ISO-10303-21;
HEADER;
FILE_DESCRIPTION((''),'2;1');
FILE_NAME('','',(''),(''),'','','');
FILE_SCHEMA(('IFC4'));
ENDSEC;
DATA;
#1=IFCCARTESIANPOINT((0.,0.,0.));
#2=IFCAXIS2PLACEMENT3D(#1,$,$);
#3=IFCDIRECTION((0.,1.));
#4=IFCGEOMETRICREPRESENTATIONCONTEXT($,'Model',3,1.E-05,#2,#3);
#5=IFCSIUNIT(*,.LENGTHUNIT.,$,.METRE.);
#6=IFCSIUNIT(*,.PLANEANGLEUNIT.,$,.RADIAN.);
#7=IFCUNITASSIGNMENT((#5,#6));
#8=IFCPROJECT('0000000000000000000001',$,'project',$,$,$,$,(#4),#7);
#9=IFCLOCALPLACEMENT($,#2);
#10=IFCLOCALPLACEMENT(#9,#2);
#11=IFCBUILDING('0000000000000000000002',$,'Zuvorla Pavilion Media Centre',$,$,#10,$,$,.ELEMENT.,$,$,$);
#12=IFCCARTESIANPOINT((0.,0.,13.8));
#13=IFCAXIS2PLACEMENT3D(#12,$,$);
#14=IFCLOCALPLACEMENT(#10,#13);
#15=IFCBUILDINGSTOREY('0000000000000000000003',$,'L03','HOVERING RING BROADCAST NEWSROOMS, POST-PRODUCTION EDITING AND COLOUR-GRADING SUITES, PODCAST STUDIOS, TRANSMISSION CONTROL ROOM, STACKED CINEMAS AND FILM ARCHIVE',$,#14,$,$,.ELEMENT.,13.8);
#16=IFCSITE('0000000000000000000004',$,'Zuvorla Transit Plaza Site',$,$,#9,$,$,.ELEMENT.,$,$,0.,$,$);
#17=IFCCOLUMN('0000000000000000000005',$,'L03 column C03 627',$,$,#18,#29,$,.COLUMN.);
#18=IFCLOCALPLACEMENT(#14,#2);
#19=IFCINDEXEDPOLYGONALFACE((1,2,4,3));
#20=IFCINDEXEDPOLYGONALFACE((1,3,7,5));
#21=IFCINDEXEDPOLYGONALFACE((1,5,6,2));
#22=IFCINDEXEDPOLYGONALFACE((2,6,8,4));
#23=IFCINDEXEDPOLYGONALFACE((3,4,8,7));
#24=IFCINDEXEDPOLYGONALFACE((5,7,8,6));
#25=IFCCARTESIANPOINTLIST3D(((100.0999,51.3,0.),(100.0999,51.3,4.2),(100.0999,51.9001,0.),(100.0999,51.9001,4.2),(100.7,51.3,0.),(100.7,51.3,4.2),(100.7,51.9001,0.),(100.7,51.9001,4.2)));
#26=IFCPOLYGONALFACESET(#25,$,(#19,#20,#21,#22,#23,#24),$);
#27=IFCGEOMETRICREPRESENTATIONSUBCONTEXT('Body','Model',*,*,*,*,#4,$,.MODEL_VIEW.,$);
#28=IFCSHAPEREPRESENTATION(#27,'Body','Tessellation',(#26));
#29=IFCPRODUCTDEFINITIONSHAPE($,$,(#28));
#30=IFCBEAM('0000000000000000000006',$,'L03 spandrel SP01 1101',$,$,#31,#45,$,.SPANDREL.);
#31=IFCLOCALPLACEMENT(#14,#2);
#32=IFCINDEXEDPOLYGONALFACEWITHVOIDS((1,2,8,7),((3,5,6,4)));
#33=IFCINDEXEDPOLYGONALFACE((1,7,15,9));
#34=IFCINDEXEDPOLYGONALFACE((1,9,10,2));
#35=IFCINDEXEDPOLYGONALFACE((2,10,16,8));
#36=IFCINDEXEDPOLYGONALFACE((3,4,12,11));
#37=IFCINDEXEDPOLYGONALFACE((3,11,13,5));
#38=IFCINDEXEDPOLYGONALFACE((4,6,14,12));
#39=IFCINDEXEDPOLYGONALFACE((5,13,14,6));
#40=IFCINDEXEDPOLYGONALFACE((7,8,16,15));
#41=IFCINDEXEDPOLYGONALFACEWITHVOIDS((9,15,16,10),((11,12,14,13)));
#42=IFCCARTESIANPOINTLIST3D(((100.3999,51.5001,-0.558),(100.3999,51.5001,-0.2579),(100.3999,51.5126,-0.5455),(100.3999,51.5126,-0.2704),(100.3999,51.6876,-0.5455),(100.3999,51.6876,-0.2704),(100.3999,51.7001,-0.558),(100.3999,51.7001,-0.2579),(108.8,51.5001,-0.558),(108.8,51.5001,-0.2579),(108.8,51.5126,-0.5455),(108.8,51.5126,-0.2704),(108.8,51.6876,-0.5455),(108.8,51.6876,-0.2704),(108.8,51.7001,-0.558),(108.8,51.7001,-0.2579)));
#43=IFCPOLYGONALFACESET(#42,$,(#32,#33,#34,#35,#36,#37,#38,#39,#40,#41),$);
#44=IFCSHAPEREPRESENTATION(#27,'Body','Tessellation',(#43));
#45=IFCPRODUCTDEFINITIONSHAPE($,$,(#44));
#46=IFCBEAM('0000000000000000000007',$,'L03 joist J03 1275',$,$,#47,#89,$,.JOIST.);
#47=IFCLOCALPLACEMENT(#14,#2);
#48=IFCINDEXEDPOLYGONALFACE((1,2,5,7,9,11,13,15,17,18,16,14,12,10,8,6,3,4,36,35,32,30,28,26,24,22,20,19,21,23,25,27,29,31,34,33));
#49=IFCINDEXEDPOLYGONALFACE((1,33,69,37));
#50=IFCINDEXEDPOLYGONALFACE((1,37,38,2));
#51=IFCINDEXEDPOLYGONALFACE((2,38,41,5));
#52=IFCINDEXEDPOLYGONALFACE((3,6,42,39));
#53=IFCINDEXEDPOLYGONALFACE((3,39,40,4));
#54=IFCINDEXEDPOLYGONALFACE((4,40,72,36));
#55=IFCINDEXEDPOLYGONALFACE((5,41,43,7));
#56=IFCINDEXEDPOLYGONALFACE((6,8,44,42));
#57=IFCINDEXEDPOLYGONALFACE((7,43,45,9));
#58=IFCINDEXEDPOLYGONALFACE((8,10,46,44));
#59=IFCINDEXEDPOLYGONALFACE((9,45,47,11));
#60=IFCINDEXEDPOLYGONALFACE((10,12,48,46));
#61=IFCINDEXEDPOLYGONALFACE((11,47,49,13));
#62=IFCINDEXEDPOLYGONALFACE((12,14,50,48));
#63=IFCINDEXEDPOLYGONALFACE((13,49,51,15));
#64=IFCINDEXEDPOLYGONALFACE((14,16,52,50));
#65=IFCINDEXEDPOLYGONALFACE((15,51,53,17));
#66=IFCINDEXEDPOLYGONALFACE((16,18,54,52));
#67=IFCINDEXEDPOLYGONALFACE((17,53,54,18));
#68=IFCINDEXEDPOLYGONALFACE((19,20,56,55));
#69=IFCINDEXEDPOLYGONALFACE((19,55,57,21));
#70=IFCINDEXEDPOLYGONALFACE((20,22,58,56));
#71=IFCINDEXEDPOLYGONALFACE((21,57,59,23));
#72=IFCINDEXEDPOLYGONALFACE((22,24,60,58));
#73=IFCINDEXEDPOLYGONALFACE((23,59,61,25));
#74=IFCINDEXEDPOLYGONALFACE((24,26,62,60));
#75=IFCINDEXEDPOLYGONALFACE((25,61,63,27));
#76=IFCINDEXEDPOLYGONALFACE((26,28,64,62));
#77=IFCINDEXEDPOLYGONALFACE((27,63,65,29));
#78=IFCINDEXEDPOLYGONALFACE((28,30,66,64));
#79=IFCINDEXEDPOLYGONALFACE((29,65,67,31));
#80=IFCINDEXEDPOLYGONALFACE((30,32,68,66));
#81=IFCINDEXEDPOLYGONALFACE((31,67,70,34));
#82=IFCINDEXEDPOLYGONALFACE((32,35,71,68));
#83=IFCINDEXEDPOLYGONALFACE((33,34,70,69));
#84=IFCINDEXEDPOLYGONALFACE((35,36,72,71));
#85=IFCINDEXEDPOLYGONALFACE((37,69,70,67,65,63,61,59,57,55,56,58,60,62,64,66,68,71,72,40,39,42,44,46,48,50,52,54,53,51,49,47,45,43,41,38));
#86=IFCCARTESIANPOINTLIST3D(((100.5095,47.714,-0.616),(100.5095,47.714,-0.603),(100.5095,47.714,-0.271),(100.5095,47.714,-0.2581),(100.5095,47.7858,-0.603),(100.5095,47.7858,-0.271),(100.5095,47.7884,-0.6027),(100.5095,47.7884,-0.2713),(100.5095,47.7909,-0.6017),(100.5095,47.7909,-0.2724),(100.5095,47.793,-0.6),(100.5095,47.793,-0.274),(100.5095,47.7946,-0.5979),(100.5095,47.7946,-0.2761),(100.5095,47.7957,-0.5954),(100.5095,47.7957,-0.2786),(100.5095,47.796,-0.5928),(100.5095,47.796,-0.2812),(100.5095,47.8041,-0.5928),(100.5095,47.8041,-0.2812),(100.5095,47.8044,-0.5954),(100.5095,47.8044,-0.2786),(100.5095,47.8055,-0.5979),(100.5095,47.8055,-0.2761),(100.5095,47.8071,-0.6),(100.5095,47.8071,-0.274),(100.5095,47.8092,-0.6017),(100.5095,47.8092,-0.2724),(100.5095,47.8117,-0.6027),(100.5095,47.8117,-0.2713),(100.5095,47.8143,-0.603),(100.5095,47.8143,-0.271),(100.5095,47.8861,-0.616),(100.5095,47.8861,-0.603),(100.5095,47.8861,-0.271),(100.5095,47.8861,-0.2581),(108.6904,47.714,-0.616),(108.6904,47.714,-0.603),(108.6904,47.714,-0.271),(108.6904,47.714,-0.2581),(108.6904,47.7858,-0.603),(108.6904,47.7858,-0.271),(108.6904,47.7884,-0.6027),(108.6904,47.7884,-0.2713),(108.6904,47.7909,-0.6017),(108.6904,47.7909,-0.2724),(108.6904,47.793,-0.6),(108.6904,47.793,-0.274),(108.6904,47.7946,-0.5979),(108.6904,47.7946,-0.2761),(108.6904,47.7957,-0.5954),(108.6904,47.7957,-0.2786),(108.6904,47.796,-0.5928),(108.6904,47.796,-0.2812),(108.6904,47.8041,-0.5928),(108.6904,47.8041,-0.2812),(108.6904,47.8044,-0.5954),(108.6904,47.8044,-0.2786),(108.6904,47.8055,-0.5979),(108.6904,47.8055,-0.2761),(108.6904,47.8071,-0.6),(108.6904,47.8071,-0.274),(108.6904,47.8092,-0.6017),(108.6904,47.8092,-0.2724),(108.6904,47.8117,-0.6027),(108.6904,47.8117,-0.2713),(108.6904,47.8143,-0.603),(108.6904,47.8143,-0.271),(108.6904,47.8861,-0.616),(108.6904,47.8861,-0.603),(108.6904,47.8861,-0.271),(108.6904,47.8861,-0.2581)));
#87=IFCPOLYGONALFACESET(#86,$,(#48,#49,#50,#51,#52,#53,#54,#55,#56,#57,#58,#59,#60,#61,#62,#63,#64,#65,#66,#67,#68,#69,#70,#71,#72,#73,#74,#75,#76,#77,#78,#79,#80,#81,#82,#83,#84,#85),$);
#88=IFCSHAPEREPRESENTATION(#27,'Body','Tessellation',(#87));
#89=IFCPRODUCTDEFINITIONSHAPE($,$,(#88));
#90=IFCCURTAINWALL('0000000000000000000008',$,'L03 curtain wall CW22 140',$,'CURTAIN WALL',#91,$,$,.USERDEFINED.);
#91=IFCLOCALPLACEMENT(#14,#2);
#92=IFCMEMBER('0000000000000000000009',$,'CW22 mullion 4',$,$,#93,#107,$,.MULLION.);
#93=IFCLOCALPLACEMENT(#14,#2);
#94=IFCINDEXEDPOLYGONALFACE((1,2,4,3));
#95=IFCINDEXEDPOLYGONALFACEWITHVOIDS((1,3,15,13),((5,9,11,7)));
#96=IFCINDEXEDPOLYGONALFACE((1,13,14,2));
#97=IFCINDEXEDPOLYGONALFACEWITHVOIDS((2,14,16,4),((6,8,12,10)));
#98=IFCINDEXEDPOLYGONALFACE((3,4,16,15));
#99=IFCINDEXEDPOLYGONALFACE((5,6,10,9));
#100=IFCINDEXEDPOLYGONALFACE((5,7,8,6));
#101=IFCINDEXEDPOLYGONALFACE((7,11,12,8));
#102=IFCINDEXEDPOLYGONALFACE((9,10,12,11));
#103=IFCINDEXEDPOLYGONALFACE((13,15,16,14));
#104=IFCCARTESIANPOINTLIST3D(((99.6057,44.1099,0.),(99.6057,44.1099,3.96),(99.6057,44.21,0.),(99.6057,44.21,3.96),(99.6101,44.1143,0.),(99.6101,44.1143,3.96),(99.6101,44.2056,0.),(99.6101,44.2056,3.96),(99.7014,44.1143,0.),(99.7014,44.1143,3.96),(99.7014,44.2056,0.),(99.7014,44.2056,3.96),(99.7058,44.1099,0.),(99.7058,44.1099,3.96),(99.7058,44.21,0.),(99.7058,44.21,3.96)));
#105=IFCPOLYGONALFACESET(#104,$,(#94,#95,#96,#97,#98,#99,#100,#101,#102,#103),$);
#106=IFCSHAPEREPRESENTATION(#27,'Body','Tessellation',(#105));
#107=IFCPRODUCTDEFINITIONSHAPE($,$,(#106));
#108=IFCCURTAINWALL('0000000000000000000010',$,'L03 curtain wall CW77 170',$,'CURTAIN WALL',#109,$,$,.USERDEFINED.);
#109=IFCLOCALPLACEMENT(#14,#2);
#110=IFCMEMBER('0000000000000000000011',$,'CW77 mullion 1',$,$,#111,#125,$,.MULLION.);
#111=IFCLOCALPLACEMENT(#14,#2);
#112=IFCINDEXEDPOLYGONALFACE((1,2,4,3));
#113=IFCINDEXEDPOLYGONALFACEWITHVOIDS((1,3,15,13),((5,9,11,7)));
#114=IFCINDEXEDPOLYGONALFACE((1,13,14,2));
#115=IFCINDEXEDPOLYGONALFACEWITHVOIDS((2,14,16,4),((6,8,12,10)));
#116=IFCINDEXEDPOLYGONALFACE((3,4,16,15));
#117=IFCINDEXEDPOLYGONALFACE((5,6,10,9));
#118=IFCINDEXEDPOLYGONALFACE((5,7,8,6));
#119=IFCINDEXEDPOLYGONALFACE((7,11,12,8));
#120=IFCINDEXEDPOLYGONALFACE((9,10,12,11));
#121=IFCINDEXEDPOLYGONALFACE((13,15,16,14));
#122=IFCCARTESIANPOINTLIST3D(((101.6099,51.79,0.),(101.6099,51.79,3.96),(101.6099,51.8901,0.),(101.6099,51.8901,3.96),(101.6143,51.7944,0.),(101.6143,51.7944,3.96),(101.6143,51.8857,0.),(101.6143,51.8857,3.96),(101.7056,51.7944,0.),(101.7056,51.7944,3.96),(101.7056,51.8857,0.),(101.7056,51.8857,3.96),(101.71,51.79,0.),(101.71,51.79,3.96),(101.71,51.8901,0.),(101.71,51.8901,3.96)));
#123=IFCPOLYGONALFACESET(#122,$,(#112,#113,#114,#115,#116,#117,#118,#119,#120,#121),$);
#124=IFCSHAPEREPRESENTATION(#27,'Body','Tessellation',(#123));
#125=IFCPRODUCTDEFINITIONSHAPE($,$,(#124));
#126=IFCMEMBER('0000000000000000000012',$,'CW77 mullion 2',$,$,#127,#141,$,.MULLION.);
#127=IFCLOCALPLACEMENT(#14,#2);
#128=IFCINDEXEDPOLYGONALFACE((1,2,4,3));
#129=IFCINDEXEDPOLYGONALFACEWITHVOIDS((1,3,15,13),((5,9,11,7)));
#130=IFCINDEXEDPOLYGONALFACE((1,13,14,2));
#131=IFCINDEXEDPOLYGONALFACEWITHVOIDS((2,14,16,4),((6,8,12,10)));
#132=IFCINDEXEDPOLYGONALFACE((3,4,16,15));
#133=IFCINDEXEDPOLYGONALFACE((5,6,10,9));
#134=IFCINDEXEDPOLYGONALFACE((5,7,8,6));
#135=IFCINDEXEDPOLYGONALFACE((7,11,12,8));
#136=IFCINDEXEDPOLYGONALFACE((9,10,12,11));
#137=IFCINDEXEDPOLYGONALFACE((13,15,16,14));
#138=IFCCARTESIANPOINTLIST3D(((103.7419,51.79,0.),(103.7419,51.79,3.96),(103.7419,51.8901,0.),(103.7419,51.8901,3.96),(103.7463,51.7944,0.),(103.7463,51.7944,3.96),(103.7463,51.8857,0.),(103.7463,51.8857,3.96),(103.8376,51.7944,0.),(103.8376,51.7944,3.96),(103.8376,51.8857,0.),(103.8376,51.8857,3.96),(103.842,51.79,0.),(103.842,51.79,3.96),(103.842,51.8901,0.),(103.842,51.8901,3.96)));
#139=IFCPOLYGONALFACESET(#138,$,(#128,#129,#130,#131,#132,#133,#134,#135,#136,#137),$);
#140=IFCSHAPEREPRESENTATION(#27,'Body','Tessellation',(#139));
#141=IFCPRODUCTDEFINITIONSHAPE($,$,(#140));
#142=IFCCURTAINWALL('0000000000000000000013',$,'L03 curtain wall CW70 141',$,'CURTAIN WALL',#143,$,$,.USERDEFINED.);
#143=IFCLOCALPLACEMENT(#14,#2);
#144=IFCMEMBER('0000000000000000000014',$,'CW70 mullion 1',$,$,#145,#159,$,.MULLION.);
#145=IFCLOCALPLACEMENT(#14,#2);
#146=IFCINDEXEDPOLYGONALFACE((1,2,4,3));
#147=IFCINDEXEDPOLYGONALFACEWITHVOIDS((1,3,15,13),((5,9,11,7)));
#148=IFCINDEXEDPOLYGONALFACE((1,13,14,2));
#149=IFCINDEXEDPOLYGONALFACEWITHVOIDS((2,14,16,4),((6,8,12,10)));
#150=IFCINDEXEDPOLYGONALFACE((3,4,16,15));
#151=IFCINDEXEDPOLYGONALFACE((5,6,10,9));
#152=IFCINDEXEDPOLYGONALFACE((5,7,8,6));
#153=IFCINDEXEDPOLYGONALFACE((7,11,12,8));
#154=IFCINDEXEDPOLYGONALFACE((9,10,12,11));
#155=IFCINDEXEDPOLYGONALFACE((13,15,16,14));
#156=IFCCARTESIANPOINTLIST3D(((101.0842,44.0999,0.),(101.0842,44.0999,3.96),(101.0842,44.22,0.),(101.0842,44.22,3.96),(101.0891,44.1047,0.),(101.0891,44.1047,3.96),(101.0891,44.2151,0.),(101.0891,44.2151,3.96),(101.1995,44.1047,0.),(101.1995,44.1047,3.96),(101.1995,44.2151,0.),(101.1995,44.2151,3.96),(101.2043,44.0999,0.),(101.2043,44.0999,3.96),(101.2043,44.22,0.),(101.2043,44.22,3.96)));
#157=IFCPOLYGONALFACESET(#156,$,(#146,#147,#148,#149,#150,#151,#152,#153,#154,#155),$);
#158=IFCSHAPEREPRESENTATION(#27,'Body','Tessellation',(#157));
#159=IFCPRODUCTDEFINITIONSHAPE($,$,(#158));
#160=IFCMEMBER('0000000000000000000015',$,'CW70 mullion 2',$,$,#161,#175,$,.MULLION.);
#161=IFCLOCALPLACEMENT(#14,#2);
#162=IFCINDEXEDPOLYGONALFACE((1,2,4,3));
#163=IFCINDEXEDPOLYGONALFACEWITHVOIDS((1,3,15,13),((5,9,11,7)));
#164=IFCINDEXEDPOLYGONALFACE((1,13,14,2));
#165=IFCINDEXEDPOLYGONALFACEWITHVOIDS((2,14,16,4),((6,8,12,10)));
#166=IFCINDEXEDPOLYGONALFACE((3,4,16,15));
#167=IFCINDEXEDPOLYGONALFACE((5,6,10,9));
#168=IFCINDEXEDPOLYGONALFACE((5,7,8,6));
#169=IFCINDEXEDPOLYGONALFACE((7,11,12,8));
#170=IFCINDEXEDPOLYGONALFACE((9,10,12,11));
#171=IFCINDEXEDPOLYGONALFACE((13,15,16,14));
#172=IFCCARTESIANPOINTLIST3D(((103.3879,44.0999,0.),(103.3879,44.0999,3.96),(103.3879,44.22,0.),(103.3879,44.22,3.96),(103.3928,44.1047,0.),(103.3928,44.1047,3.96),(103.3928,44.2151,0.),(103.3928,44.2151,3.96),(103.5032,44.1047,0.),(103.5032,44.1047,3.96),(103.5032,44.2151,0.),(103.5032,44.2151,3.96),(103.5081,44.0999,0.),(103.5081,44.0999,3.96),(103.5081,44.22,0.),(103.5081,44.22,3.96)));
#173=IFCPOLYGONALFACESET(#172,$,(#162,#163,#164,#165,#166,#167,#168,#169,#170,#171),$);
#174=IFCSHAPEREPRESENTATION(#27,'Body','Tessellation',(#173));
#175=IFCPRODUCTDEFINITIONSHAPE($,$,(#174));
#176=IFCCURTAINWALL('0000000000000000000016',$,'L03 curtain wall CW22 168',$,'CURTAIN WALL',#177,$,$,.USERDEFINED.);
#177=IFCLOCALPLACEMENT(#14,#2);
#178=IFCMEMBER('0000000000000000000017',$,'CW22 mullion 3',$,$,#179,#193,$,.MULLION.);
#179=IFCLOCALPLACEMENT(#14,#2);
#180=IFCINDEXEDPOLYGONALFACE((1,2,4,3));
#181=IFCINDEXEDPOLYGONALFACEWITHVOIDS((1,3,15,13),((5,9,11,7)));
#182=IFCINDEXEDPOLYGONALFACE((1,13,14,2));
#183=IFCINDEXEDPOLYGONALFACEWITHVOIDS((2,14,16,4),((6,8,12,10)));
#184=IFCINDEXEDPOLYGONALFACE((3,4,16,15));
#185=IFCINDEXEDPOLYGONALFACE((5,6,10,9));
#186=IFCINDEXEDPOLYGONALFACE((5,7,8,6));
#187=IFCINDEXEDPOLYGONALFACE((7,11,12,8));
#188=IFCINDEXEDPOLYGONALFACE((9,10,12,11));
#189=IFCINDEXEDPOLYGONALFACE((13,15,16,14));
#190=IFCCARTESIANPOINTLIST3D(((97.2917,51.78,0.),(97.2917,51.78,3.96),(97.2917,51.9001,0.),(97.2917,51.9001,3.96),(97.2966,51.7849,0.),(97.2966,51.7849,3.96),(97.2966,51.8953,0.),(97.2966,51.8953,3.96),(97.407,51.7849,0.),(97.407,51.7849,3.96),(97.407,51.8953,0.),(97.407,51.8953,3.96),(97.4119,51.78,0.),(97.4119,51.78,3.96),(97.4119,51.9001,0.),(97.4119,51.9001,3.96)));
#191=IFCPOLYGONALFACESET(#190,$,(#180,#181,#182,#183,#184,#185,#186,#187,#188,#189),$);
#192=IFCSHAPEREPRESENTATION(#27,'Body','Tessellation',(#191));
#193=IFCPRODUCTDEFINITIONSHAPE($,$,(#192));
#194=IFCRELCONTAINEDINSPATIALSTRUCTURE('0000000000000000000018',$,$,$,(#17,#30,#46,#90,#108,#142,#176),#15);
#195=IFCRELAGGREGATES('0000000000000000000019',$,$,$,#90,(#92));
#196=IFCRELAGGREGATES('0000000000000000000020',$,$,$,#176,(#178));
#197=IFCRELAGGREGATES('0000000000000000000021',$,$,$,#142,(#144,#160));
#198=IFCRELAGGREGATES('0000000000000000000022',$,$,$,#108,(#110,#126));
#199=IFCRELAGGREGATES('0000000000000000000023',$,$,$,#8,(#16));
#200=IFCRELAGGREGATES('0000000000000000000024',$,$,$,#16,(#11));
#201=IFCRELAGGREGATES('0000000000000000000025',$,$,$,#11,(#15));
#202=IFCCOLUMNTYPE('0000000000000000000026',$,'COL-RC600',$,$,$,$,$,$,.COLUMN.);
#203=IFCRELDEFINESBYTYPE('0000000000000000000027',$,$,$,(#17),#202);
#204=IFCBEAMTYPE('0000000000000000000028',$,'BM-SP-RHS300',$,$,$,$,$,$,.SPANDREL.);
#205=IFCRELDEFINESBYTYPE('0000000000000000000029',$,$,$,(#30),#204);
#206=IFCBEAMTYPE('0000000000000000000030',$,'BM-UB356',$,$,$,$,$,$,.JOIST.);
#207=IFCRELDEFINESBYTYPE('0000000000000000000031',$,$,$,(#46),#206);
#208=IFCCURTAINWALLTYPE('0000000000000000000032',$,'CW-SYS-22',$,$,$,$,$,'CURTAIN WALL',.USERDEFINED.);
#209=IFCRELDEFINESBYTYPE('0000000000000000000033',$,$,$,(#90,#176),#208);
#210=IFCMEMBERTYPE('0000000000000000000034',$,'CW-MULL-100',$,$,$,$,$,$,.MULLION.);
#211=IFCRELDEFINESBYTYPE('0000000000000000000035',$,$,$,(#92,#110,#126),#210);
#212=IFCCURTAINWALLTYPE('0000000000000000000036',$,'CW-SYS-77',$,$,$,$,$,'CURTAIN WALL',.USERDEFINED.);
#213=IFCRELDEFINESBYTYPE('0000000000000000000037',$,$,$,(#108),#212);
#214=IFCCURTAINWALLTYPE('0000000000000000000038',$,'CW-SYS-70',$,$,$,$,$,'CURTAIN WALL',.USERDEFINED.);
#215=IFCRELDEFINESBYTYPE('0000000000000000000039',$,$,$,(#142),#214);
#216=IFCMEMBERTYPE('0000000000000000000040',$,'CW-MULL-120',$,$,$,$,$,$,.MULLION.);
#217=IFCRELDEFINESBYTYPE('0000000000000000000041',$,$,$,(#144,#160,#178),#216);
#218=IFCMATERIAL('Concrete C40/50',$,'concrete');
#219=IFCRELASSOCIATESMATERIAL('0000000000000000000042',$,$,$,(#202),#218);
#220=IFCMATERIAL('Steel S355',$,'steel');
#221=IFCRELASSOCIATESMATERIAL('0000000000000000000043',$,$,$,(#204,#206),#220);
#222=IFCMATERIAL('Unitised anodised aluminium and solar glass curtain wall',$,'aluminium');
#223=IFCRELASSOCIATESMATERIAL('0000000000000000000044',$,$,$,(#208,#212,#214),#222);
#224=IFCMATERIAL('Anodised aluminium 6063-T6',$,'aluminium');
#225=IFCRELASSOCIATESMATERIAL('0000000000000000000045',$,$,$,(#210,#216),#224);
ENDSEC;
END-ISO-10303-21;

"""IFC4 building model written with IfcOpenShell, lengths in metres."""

from ifc_helpers import new_model, si_unit, direction, frame, origin, origin_2d, place, context, subcontext, project, spatial, rectangle, hollow_rectangle, i_section, extrude, material, material_profile, profile_set, type_object, element, aggregate, save


model = new_model("IFC4")

# Units and contexts
model_context = context("Model", 3, precision=1e-05, world=origin(), true_north=direction((0.0, 1.0)))
body_context = subcontext(model_context, "Body", "Model", "MODEL_VIEW")
ifc_project = project(units=[si_unit("LENGTHUNIT", "METRE"), si_unit("PLANEANGLEUNIT", "RADIAN")], contexts=[model_context])

# Site, building, storey
site_placement = place(None, origin())
site = spatial("IfcSite", under=ifc_project, at=site_placement, Name="Zuvorla Transit Plaza Site", CompositionType="ELEMENT", RefElevation=0.0)
building_placement = place(site_placement, origin())
building = spatial("IfcBuilding", under=site, at=building_placement, Name="Zuvorla Pavilion Media Centre", CompositionType="ELEMENT")
storey_placement = place(building_placement, frame((0.0, 0.0, 13.8)))
storey = spatial("IfcBuildingStorey", under=building, at=storey_placement, Name="L03", Description="HOVERING RING BROADCAST NEWSROOMS, POST-PRODUCTION EDITING AND COLOUR-GRADING SUITES, PODCAST STUDIOS, TRANSMISSION CONTROL ROOM, STACKED CINEMAS AND FILM ARCHIVE", CompositionType="ELEMENT", Elevation=13.8)

# Column
ifc_material_1 = material(Name="Concrete C40/50", Category="concrete")
ifc_material_profile_1 = material_profile(ifc_material_1, rectangle(XDim=0.6001, YDim=0.6001, at=origin_2d()), Name="RC 600x600")
ifc_profile_set_1 = profile_set([ifc_material_profile_1], Name="Concrete C40/50")
column_type = type_object("IfcColumnType", Name="COL-RC600", PredefinedType="COLUMN", material=ifc_profile_set_1)
column_placement = place(storey_placement, frame((100.3999, 51.6001, 0.0), z_axis=(0.0, 0.0, 1.0), x_axis=(1.0, 0.0, 0.0)))
element("IfcColumn", 1, at=column_placement, inside=storey, type_object=column_type, Name="L03 column C03 627", PredefinedType="COLUMN", context=body_context, shape_type="SweptSolid", body=[
    extrude(rectangle(XDim=0.6001, YDim=0.6001, at=origin_2d()), origin(), (0.0, 0.0, 1.0), 4.2),
])

# Beams
ifc_material_2 = material(Name="Steel S355", Category="steel")
ifc_material_profile_2 = material_profile(ifc_material_2, hollow_rectangle(XDim=0.2, YDim=0.3, WallThickness=0.0125, at=origin_2d()), Name="RHS 300x200x12.5")
ifc_profile_set_2 = profile_set([ifc_material_profile_2], Name="Steel S355")
beam_type_1 = type_object("IfcBeamType", Name="BM-SP-RHS300", PredefinedType="SPANDREL", material=ifc_profile_set_2)
beam_1_placement = place(storey_placement, frame((100.3999, 51.6001, -0.408), z_axis=(1.0, 0.0, 0.0), x_axis=(0.0, 1.0, 0.0)))
element("IfcBeam", 2, at=beam_1_placement, inside=storey, type_object=beam_type_1, Name="L03 spandrel SP01 1101", PredefinedType="SPANDREL", context=body_context, shape_type="SweptSolid", body=[
    extrude(hollow_rectangle(XDim=0.2, YDim=0.3, WallThickness=0.0125, at=origin_2d()), origin(), (0.0, 0.0, 1.0), 8.4001),
])
ifc_material_profile_3 = material_profile(ifc_material_2, i_section(OverallWidth=0.1721, OverallDepth=0.3579, WebThickness=0.0081, FlangeThickness=0.0129, FilletRadius=0.0103, at=origin_2d()), Name="UB 356x171x57")
ifc_profile_set_3 = profile_set([ifc_material_profile_3], Name="Steel S355")
beam_type_2 = type_object("IfcBeamType", Name="BM-UB356", PredefinedType="JOIST", material=ifc_profile_set_3)
beam_2_placement = place(storey_placement, frame((100.5095, 47.8, -0.437), z_axis=(1.0, 0.0, 0.0), x_axis=(0.0, 1.0, 0.0)))
element("IfcBeam", 3, at=beam_2_placement, inside=storey, type_object=beam_type_2, Name="L03 joist J03 1275", PredefinedType="JOIST", context=body_context, shape_type="SweptSolid", body=[
    extrude(i_section(OverallWidth=0.1721, OverallDepth=0.3579, WebThickness=0.0081, FlangeThickness=0.0129, FilletRadius=0.0103, at=origin_2d()), origin(), (0.0, 0.0, 1.0), 8.1809),
])

# Curtain wall, member
ifc_material_3 = material(Name="Unitised anodised aluminium and solar glass curtain wall", Category="aluminium")
curtain_wall_type_1 = type_object("IfcCurtainWallType", Name="CW-SYS-22", ElementType="CURTAIN WALL", PredefinedType="USERDEFINED", material=ifc_material_3)
curtain_wall_1_placement = place(storey_placement, origin())
curtain_wall_1 = element("IfcCurtainWall", 4, at=curtain_wall_1_placement, inside=storey, type_object=curtain_wall_type_1, Name="L03 curtain wall CW22 140", ObjectType="CURTAIN WALL", PredefinedType="USERDEFINED")
ifc_material_4 = material(Name="Anodised aluminium 6063-T6", Category="aluminium")
ifc_material_profile_4 = material_profile(ifc_material_4, hollow_rectangle(XDim=0.1001, YDim=0.1001, WallThickness=0.0044, at=origin_2d()), Name="ALU MULL 100x100")
ifc_profile_set_4 = profile_set([ifc_material_profile_4], Name="Anodised aluminium 6063-T6")
member_type_1 = type_object("IfcMemberType", Name="CW-MULL-100", PredefinedType="MULLION", material=ifc_profile_set_4)
member_1_placement = place(storey_placement, frame((99.6558, 44.1599, 0.0), z_axis=(0.0, 0.0, 1.0), x_axis=(1.0, 0.0, 0.0)))
member_1 = element("IfcMember", 5, at=member_1_placement, type_object=member_type_1, Name="CW22 mullion 4", PredefinedType="MULLION", context=body_context, shape_type="SweptSolid", body=[
    extrude(hollow_rectangle(XDim=0.1001, YDim=0.1001, WallThickness=0.0044, at=origin_2d()), origin(), (0.0, 0.0, 1.0), 3.96),
])

# Curtain walls, members
curtain_wall_type_2 = type_object("IfcCurtainWallType", Name="CW-SYS-77", ElementType="CURTAIN WALL", PredefinedType="USERDEFINED", material=ifc_material_3)
curtain_wall_2_placement = place(storey_placement, origin())
curtain_wall_2 = element("IfcCurtainWall", 6, at=curtain_wall_2_placement, inside=storey, type_object=curtain_wall_type_2, Name="L03 curtain wall CW77 170", ObjectType="CURTAIN WALL", PredefinedType="USERDEFINED")
member_2_placement = place(storey_placement, frame((101.6599, 51.8401, 0.0), z_axis=(0.0, 0.0, 1.0), x_axis=(1.0, 0.0, 0.0)))
member_2 = element("IfcMember", 7, at=member_2_placement, type_object=member_type_1, Name="CW77 mullion 1", PredefinedType="MULLION", context=body_context, shape_type="SweptSolid", body=[
    extrude(hollow_rectangle(XDim=0.1001, YDim=0.1001, WallThickness=0.0044, at=origin_2d()), origin(), (0.0, 0.0, 1.0), 3.96),
])
member_3_placement = place(storey_placement, frame((103.792, 51.8401, 0.0), z_axis=(0.0, 0.0, 1.0), x_axis=(1.0, 0.0, 0.0)))
member_3 = element("IfcMember", 8, at=member_3_placement, type_object=member_type_1, Name="CW77 mullion 2", PredefinedType="MULLION", context=body_context, shape_type="SweptSolid", body=[
    extrude(hollow_rectangle(XDim=0.1001, YDim=0.1001, WallThickness=0.0044, at=origin_2d()), origin(), (0.0, 0.0, 1.0), 3.96),
])
curtain_wall_type_3 = type_object("IfcCurtainWallType", Name="CW-SYS-70", ElementType="CURTAIN WALL", PredefinedType="USERDEFINED", material=ifc_material_3)
curtain_wall_3_placement = place(storey_placement, origin())
curtain_wall_3 = element("IfcCurtainWall", 9, at=curtain_wall_3_placement, inside=storey, type_object=curtain_wall_type_3, Name="L03 curtain wall CW70 141", ObjectType="CURTAIN WALL", PredefinedType="USERDEFINED")
ifc_material_profile_5 = material_profile(ifc_material_4, hollow_rectangle(XDim=0.1201, YDim=0.1201, WallThickness=0.0049, at=origin_2d()), Name="ALU MULL 120x120")
ifc_profile_set_5 = profile_set([ifc_material_profile_5], Name="Anodised aluminium 6063-T6")
member_type_2 = type_object("IfcMemberType", Name="CW-MULL-120", PredefinedType="MULLION", material=ifc_profile_set_5)
member_4_placement = place(storey_placement, frame((101.1443, 44.1599, 0.0), z_axis=(0.0, 0.0, 1.0), x_axis=(1.0, 0.0, 0.0)))
member_4 = element("IfcMember", 10, at=member_4_placement, type_object=member_type_2, Name="CW70 mullion 1", PredefinedType="MULLION", context=body_context, shape_type="SweptSolid", body=[
    extrude(hollow_rectangle(XDim=0.1201, YDim=0.1201, WallThickness=0.0049, at=origin_2d()), origin(), (0.0, 0.0, 1.0), 3.96),
])
member_5_placement = place(storey_placement, frame((103.448, 44.1599, 0.0), z_axis=(0.0, 0.0, 1.0), x_axis=(1.0, 0.0, 0.0)))
member_5 = element("IfcMember", 11, at=member_5_placement, type_object=member_type_2, Name="CW70 mullion 2", PredefinedType="MULLION", context=body_context, shape_type="SweptSolid", body=[
    extrude(hollow_rectangle(XDim=0.1201, YDim=0.1201, WallThickness=0.0049, at=origin_2d()), origin(), (0.0, 0.0, 1.0), 3.96),
])
curtain_wall_4_placement = place(storey_placement, origin())
curtain_wall_4 = element("IfcCurtainWall", 12, at=curtain_wall_4_placement, inside=storey, type_object=curtain_wall_type_1, Name="L03 curtain wall CW22 168", ObjectType="CURTAIN WALL", PredefinedType="USERDEFINED")
member_6_placement = place(storey_placement, frame((97.3518, 51.8401, 0.0), z_axis=(0.0, 0.0, 1.0), x_axis=(1.0, 0.0, 0.0)))
member_6 = element("IfcMember", 13, at=member_6_placement, type_object=member_type_2, Name="CW22 mullion 3", PredefinedType="MULLION", context=body_context, shape_type="SweptSolid", body=[
    extrude(hollow_rectangle(XDim=0.1201, YDim=0.1201, WallThickness=0.0049, at=origin_2d()), origin(), (0.0, 0.0, 1.0), 3.96),
])

aggregate(curtain_wall_1, [member_1])
aggregate(curtain_wall_4, [member_6])
aggregate(curtain_wall_3, [member_4, member_5])
aggregate(curtain_wall_2, [member_2, member_3])

save(model, "model.ifc")
